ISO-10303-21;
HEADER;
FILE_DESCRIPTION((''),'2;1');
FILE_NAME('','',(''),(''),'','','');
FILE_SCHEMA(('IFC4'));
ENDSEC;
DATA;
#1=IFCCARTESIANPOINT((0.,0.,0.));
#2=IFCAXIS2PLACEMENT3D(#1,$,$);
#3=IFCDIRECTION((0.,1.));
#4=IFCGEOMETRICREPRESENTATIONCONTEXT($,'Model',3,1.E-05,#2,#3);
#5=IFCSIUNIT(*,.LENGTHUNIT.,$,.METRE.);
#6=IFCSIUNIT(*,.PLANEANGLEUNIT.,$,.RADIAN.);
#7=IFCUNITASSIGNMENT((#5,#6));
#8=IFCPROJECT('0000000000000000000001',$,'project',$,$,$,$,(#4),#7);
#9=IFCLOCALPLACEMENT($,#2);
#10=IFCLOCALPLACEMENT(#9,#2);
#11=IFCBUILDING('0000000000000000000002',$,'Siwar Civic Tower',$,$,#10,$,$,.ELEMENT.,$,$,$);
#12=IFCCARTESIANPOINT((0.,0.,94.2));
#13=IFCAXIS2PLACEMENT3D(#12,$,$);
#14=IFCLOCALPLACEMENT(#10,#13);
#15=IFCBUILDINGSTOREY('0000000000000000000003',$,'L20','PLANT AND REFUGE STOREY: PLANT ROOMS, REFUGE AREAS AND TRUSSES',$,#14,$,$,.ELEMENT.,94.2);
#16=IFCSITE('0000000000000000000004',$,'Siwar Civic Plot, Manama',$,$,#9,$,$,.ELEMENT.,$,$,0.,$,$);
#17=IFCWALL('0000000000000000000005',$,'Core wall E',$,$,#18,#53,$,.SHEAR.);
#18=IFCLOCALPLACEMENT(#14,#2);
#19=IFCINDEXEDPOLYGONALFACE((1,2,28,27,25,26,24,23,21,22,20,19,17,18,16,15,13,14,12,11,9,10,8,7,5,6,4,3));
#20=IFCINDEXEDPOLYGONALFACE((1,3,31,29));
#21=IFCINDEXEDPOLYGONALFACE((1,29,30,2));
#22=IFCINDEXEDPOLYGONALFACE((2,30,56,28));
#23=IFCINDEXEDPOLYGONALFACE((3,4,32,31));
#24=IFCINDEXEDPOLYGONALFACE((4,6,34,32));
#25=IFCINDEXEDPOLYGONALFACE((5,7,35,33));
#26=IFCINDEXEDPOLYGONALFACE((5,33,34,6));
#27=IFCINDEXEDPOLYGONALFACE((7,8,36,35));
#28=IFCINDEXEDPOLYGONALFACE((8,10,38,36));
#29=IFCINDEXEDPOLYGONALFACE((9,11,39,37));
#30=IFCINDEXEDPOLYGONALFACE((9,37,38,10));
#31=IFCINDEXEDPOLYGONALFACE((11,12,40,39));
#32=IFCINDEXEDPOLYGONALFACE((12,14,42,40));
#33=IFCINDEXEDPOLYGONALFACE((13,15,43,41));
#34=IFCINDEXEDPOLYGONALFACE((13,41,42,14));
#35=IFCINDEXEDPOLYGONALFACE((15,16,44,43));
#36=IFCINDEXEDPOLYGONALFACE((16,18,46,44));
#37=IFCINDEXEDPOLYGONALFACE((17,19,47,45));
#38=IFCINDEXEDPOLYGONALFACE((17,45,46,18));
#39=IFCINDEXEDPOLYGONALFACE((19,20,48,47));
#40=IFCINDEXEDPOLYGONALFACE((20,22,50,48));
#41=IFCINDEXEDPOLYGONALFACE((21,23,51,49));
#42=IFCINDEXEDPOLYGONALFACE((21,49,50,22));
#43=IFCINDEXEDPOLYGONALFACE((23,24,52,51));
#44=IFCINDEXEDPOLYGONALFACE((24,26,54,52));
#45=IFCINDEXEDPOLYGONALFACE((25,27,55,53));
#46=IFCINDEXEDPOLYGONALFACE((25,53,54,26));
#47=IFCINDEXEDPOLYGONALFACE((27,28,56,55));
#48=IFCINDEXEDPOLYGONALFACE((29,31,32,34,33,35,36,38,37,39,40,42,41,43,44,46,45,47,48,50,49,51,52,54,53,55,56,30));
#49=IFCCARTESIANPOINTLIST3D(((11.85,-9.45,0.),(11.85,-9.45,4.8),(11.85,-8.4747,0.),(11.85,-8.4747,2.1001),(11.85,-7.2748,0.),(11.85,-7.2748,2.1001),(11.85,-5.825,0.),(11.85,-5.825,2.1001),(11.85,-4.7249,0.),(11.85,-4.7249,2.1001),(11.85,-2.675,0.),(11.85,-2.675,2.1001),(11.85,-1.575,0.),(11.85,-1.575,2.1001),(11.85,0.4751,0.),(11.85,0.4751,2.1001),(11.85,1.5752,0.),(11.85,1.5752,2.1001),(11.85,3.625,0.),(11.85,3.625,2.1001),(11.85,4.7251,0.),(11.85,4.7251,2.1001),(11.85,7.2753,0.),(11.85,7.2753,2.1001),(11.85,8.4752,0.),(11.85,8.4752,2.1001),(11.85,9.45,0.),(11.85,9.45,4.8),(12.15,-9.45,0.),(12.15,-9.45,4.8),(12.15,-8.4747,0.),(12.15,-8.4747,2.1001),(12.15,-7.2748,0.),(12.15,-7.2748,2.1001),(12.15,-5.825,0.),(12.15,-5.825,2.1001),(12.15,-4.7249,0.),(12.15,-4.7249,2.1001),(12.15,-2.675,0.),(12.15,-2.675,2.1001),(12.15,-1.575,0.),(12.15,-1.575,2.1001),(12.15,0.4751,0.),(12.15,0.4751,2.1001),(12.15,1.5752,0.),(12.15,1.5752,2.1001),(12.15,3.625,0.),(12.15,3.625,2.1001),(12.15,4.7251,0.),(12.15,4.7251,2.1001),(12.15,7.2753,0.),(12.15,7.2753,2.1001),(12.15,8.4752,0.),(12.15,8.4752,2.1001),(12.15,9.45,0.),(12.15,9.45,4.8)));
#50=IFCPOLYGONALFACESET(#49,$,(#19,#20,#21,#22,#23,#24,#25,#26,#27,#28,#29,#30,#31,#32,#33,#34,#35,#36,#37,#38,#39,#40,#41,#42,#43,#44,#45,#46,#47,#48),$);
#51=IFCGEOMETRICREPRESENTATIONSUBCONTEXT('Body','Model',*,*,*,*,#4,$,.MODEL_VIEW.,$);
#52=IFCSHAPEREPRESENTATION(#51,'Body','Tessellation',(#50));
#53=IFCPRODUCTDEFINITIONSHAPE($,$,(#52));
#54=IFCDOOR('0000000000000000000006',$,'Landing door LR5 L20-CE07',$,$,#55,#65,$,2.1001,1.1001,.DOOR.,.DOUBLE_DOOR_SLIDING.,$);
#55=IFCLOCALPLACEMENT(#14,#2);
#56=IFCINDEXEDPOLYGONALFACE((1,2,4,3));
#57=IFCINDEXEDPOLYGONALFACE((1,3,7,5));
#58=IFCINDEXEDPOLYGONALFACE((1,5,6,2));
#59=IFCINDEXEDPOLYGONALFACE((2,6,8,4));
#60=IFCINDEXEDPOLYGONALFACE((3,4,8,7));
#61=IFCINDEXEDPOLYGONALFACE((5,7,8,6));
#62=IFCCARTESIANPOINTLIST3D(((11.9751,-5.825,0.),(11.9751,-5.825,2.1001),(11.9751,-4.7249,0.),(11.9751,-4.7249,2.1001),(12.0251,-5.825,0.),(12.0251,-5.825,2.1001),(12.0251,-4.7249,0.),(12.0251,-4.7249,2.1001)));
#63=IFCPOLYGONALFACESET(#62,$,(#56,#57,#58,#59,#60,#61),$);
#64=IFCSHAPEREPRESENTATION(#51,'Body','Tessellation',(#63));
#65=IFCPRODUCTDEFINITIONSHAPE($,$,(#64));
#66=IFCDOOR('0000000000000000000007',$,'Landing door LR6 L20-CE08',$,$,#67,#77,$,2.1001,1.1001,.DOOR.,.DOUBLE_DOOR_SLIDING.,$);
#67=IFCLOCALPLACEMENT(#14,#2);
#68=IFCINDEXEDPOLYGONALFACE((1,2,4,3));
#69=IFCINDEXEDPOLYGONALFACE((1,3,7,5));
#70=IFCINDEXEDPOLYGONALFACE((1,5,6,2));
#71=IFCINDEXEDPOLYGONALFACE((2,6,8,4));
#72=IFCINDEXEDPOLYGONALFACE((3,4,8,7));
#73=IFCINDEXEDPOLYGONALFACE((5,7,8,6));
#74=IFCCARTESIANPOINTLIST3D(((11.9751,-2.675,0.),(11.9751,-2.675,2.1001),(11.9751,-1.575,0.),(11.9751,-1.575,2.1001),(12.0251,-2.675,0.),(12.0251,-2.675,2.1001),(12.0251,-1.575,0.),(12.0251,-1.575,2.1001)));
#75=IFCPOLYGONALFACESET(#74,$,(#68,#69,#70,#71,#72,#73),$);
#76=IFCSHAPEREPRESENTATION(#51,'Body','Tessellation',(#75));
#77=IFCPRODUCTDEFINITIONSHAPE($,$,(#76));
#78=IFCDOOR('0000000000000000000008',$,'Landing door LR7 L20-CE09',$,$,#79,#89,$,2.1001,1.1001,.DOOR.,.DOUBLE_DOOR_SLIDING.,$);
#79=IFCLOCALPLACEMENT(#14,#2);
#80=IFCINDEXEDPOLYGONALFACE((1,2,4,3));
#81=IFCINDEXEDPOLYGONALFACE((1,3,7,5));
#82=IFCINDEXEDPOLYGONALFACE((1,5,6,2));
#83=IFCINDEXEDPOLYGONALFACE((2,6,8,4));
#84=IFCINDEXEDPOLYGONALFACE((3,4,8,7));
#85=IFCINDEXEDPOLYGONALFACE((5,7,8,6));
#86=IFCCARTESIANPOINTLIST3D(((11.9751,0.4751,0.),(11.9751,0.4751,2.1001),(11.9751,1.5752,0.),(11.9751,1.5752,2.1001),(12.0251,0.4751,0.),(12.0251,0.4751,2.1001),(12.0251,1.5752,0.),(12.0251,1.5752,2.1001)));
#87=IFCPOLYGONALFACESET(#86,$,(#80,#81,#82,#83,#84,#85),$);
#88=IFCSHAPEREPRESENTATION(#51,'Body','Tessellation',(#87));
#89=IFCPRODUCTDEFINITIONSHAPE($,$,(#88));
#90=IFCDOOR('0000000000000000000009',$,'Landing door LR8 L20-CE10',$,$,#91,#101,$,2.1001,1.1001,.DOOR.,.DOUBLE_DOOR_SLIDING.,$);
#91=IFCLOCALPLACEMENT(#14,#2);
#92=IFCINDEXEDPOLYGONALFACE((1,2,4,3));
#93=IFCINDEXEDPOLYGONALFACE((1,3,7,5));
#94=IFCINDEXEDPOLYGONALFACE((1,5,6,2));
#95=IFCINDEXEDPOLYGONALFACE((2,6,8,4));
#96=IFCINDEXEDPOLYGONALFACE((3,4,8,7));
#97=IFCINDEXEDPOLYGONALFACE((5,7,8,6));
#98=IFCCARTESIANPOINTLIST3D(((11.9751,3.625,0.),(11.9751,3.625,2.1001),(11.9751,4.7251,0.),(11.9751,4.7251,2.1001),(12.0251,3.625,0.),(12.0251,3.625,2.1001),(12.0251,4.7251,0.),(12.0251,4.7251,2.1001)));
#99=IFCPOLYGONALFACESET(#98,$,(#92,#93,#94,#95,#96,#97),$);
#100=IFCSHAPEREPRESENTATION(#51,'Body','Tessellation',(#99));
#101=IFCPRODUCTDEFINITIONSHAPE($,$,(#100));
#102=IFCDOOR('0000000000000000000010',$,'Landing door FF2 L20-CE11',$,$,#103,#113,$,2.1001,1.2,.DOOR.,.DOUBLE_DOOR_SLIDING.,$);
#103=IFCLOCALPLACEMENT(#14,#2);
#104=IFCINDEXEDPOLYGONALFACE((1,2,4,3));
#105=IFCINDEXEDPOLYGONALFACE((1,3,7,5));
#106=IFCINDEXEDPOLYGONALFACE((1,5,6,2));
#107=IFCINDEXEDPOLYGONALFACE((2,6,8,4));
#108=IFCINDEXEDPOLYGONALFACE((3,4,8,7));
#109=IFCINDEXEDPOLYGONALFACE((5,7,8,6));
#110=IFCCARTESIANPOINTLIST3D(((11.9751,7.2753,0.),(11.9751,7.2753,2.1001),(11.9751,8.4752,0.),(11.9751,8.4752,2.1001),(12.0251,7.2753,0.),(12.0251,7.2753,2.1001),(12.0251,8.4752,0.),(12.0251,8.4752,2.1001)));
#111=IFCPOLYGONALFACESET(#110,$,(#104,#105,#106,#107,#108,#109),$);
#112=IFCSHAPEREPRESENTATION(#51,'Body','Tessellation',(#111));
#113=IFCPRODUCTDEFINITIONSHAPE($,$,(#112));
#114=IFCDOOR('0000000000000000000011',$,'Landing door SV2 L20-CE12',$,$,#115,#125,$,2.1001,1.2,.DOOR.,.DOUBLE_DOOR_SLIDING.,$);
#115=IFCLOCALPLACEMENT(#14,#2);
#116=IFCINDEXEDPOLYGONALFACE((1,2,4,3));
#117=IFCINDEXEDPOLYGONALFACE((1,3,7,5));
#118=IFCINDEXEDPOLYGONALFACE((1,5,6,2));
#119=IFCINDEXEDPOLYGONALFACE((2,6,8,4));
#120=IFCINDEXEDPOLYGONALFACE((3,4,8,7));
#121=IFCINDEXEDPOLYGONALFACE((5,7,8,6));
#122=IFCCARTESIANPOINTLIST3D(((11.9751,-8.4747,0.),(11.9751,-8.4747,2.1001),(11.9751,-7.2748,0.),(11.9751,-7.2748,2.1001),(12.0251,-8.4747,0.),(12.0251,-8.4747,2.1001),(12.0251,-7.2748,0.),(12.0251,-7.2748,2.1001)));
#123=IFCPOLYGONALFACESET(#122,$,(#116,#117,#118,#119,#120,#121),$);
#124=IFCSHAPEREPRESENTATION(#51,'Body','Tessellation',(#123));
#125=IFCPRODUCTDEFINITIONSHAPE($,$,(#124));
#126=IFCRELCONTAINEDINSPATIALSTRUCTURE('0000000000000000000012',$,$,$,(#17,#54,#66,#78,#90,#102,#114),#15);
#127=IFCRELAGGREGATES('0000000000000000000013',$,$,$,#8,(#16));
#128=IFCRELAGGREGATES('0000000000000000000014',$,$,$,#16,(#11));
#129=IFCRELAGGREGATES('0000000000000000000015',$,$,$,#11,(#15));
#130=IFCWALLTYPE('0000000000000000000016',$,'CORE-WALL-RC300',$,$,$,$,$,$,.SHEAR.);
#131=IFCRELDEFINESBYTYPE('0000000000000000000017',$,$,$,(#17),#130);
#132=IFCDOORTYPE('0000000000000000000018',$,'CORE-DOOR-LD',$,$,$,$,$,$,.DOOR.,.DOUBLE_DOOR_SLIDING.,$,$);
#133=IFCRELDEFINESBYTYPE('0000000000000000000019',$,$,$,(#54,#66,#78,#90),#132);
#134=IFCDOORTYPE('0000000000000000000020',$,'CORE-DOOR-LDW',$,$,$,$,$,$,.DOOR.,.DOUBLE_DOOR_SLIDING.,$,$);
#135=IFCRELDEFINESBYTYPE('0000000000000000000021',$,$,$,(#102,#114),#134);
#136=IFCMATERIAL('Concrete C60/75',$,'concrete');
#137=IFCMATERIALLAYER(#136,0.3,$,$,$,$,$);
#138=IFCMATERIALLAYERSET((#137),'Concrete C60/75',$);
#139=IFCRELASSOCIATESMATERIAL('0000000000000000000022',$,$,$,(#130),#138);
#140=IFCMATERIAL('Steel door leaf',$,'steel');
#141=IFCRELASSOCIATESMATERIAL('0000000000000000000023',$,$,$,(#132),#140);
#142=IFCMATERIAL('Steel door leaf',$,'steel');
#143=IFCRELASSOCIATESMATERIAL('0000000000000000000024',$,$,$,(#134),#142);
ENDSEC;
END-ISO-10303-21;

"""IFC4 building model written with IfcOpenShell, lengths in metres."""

from ifc_helpers import new_model, si_unit, direction, frame, frame_2d, origin, place, context, subcontext, project, spatial, rectangle, extrude, material, layer, layer_set, type_object, element, fill, save


model = new_model("IFC4")

# Units and contexts
model_context = context("Model", 3, precision=1e-05, world=origin(), true_north=direction((0.0, 1.0)))
body_context = subcontext(model_context, "Body", "Model", "MODEL_VIEW")
ifc_project = project(units=[si_unit("LENGTHUNIT", "METRE"), si_unit("PLANEANGLEUNIT", "RADIAN")], contexts=[model_context])

# Site, building, storey
site_placement = place(None, origin())
site = spatial("IfcSite", under=ifc_project, at=site_placement, Name="Siwar Civic Plot, Manama", CompositionType="ELEMENT", RefElevation=0.0)
building_placement = place(site_placement, origin())
building = spatial("IfcBuilding", under=site, at=building_placement, Name="Siwar Civic Tower", CompositionType="ELEMENT")
storey_placement = place(building_placement, frame((0.0, 0.0, 94.2)))
storey = spatial("IfcBuildingStorey", under=building, at=storey_placement, Name="L20", Description="PLANT AND REFUGE STOREY: PLANT ROOMS, REFUGE AREAS AND TRUSSES", CompositionType="ELEMENT", Elevation=94.2)

# Wall, openings, doors
ifc_material_1 = material(Name="Concrete C60/75", Category="concrete")
ifc_layer_1 = layer(ifc_material_1, 0.3)
ifc_layer_set_1 = layer_set([ifc_layer_1], Name="Concrete C60/75")
wall_type_1 = type_object("IfcWallType", Name="CORE-WALL-RC300", PredefinedType="SHEAR", material=ifc_layer_set_1)
wall_1_placement = place(storey_placement, frame((12.0, -9.45, 0.0), z_axis=(0.0, 0.0, 1.0), x_axis=(0.0, 1.0, 0.0)))
wall_1 = element("IfcWall", 1, at=wall_1_placement, inside=storey, type_object=wall_type_1, Name="Core wall E", PredefinedType="SHEAR", context=body_context, shape_type="SweptSolid", body=[
    extrude(rectangle(XDim=18.8999, YDim=0.3, at=frame_2d((9.45, 0.0))), origin(), (0.0, 0.0, 1.0), 4.8),
])
opening_1_placement = place(wall_1_placement, frame((3.625, 0.0, 0.0)))
opening_1 = element("IfcOpeningElement", 2, at=opening_1_placement, cuts=wall_1, PredefinedType="OPENING", context=body_context, shape_type="SweptSolid", body=[
    extrude(rectangle(XDim=1.1001, YDim=2.1001, at=frame_2d((0.55, 1.05))), frame((0.0, 0.1602, 0.0), z_axis=(0.0, -1.0, 0.0), x_axis=(1.0, 0.0, 0.0)), (0.0, 0.0, 1.0), 0.3201),
])
opening_2_placement = place(wall_1_placement, frame((6.7749, 0.0, 0.0)))
opening_2 = element("IfcOpeningElement", 3, at=opening_2_placement, cuts=wall_1, PredefinedType="OPENING", context=body_context, shape_type="SweptSolid", body=[
    extrude(rectangle(XDim=1.1001, YDim=2.1001, at=frame_2d((0.55, 1.05))), frame((0.0, 0.1602, 0.0), z_axis=(0.0, -1.0, 0.0), x_axis=(1.0, 0.0, 0.0)), (0.0, 0.0, 1.0), 0.3201),
])
opening_3_placement = place(wall_1_placement, frame((9.925, 0.0, 0.0)))
opening_3 = element("IfcOpeningElement", 4, at=opening_3_placement, cuts=wall_1, PredefinedType="OPENING", context=body_context, shape_type="SweptSolid", body=[
    extrude(rectangle(XDim=1.1001, YDim=2.1001, at=frame_2d((0.55, 1.05))), frame((0.0, 0.1602, 0.0), z_axis=(0.0, -1.0, 0.0), x_axis=(1.0, 0.0, 0.0)), (0.0, 0.0, 1.0), 0.3201),
])
opening_4_placement = place(wall_1_placement, frame((13.075, 0.0, 0.0)))
opening_4 = element("IfcOpeningElement", 5, at=opening_4_placement, cuts=wall_1, PredefinedType="OPENING", context=body_context, shape_type="SweptSolid", body=[
    extrude(rectangle(XDim=1.1001, YDim=2.1001, at=frame_2d((0.55, 1.05))), frame((0.0, 0.1602, 0.0), z_axis=(0.0, -1.0, 0.0), x_axis=(1.0, 0.0, 0.0)), (0.0, 0.0, 1.0), 0.3201),
])
opening_5_placement = place(wall_1_placement, frame((16.7251, 0.0, 0.0)))
opening_5 = element("IfcOpeningElement", 6, at=opening_5_placement, cuts=wall_1, PredefinedType="OPENING", context=body_context, shape_type="SweptSolid", body=[
    extrude(rectangle(XDim=1.2, YDim=2.1001, at=frame_2d((0.6001, 1.05))), frame((0.0, 0.1602, 0.0), z_axis=(0.0, -1.0, 0.0), x_axis=(1.0, 0.0, 0.0)), (0.0, 0.0, 1.0), 0.3201),
])
opening_6_placement = place(wall_1_placement, frame((0.9751, 0.0, 0.0)))
opening_6 = element("IfcOpeningElement", 7, at=opening_6_placement, cuts=wall_1, PredefinedType="OPENING", context=body_context, shape_type="SweptSolid", body=[
    extrude(rectangle(XDim=1.2, YDim=2.1001, at=frame_2d((0.6001, 1.05))), frame((0.0, 0.1602, 0.0), z_axis=(0.0, -1.0, 0.0), x_axis=(1.0, 0.0, 0.0)), (0.0, 0.0, 1.0), 0.3201),
])
ifc_material_2 = material(Name="Steel door leaf", Category="steel")
door_type_1 = type_object("IfcDoorType", Name="CORE-DOOR-LD", OperationType="DOUBLE_DOOR_SLIDING", PredefinedType="DOOR", material=ifc_material_2)
door_1_placement = place(opening_1_placement, origin())
door_1 = element("IfcDoor", 8, at=door_1_placement, inside=storey, type_object=door_type_1, Name="Landing door LR5 L20-CE07", OperationType="DOUBLE_DOOR_SLIDING", OverallHeight=2.1001, OverallWidth=1.1001, PredefinedType="DOOR", context=body_context, shape_type="SweptSolid", body=[
    extrude(rectangle(XDim=1.1001, YDim=2.1001, at=frame_2d((0.55, 1.05))), frame((0.0, 0.0249, 0.0), z_axis=(0.0, -1.0, 0.0), x_axis=(1.0, 0.0, 0.0)), (0.0, 0.0, 1.0), 0.05),
])
fill(opening_1, door_1)
door_2_placement = place(opening_2_placement, origin())
door_2 = element("IfcDoor", 9, at=door_2_placement, inside=storey, type_object=door_type_1, Name="Landing door LR6 L20-CE08", OperationType="DOUBLE_DOOR_SLIDING", OverallHeight=2.1001, OverallWidth=1.1001, PredefinedType="DOOR", context=body_context, shape_type="SweptSolid", body=[
    extrude(rectangle(XDim=1.1001, YDim=2.1001, at=frame_2d((0.55, 1.05))), frame((0.0, 0.0249, 0.0), z_axis=(0.0, -1.0, 0.0), x_axis=(1.0, 0.0, 0.0)), (0.0, 0.0, 1.0), 0.05),
])
fill(opening_2, door_2)
door_3_placement = place(opening_3_placement, origin())
door_3 = element("IfcDoor", 10, at=door_3_placement, inside=storey, type_object=door_type_1, Name="Landing door LR7 L20-CE09", OperationType="DOUBLE_DOOR_SLIDING", OverallHeight=2.1001, OverallWidth=1.1001, PredefinedType="DOOR", context=body_context, shape_type="SweptSolid", body=[
    extrude(rectangle(XDim=1.1001, YDim=2.1001, at=frame_2d((0.55, 1.05))), frame((0.0, 0.0249, 0.0), z_axis=(0.0, -1.0, 0.0), x_axis=(1.0, 0.0, 0.0)), (0.0, 0.0, 1.0), 0.05),
])
fill(opening_3, door_3)
door_4_placement = place(opening_4_placement, origin())
door_4 = element("IfcDoor", 11, at=door_4_placement, inside=storey, type_object=door_type_1, Name="Landing door LR8 L20-CE10", OperationType="DOUBLE_DOOR_SLIDING", OverallHeight=2.1001, OverallWidth=1.1001, PredefinedType="DOOR", context=body_context, shape_type="SweptSolid", body=[
    extrude(rectangle(XDim=1.1001, YDim=2.1001, at=frame_2d((0.55, 1.05))), frame((0.0, 0.0249, 0.0), z_axis=(0.0, -1.0, 0.0), x_axis=(1.0, 0.0, 0.0)), (0.0, 0.0, 1.0), 0.05),
])
fill(opening_4, door_4)
ifc_material_3 = material(Name="Steel door leaf", Category="steel")
door_type_2 = type_object("IfcDoorType", Name="CORE-DOOR-LDW", OperationType="DOUBLE_DOOR_SLIDING", PredefinedType="DOOR", material=ifc_material_3)
door_5_placement = place(opening_5_placement, origin())
door_5 = element("IfcDoor", 12, at=door_5_placement, inside=storey, type_object=door_type_2, Name="Landing door FF2 L20-CE11", OperationType="DOUBLE_DOOR_SLIDING", OverallHeight=2.1001, OverallWidth=1.2, PredefinedType="DOOR", context=body_context, shape_type="SweptSolid", body=[
    extrude(rectangle(XDim=1.2, YDim=2.1001, at=frame_2d((0.6001, 1.05))), frame((0.0, 0.0249, 0.0), z_axis=(0.0, -1.0, 0.0), x_axis=(1.0, 0.0, 0.0)), (0.0, 0.0, 1.0), 0.05),
])
fill(opening_5, door_5)
door_6_placement = place(opening_6_placement, origin())
door_6 = element("IfcDoor", 13, at=door_6_placement, inside=storey, type_object=door_type_2, Name="Landing door SV2 L20-CE12", OperationType="DOUBLE_DOOR_SLIDING", OverallHeight=2.1001, OverallWidth=1.2, PredefinedType="DOOR", context=body_context, shape_type="SweptSolid", body=[
    extrude(rectangle(XDim=1.2, YDim=2.1001, at=frame_2d((0.6001, 1.05))), frame((0.0, 0.0249, 0.0), z_axis=(0.0, -1.0, 0.0), x_axis=(1.0, 0.0, 0.0)), (0.0, 0.0, 1.0), 0.05),
])
fill(opening_6, door_6)

save(model, "model.ifc")
